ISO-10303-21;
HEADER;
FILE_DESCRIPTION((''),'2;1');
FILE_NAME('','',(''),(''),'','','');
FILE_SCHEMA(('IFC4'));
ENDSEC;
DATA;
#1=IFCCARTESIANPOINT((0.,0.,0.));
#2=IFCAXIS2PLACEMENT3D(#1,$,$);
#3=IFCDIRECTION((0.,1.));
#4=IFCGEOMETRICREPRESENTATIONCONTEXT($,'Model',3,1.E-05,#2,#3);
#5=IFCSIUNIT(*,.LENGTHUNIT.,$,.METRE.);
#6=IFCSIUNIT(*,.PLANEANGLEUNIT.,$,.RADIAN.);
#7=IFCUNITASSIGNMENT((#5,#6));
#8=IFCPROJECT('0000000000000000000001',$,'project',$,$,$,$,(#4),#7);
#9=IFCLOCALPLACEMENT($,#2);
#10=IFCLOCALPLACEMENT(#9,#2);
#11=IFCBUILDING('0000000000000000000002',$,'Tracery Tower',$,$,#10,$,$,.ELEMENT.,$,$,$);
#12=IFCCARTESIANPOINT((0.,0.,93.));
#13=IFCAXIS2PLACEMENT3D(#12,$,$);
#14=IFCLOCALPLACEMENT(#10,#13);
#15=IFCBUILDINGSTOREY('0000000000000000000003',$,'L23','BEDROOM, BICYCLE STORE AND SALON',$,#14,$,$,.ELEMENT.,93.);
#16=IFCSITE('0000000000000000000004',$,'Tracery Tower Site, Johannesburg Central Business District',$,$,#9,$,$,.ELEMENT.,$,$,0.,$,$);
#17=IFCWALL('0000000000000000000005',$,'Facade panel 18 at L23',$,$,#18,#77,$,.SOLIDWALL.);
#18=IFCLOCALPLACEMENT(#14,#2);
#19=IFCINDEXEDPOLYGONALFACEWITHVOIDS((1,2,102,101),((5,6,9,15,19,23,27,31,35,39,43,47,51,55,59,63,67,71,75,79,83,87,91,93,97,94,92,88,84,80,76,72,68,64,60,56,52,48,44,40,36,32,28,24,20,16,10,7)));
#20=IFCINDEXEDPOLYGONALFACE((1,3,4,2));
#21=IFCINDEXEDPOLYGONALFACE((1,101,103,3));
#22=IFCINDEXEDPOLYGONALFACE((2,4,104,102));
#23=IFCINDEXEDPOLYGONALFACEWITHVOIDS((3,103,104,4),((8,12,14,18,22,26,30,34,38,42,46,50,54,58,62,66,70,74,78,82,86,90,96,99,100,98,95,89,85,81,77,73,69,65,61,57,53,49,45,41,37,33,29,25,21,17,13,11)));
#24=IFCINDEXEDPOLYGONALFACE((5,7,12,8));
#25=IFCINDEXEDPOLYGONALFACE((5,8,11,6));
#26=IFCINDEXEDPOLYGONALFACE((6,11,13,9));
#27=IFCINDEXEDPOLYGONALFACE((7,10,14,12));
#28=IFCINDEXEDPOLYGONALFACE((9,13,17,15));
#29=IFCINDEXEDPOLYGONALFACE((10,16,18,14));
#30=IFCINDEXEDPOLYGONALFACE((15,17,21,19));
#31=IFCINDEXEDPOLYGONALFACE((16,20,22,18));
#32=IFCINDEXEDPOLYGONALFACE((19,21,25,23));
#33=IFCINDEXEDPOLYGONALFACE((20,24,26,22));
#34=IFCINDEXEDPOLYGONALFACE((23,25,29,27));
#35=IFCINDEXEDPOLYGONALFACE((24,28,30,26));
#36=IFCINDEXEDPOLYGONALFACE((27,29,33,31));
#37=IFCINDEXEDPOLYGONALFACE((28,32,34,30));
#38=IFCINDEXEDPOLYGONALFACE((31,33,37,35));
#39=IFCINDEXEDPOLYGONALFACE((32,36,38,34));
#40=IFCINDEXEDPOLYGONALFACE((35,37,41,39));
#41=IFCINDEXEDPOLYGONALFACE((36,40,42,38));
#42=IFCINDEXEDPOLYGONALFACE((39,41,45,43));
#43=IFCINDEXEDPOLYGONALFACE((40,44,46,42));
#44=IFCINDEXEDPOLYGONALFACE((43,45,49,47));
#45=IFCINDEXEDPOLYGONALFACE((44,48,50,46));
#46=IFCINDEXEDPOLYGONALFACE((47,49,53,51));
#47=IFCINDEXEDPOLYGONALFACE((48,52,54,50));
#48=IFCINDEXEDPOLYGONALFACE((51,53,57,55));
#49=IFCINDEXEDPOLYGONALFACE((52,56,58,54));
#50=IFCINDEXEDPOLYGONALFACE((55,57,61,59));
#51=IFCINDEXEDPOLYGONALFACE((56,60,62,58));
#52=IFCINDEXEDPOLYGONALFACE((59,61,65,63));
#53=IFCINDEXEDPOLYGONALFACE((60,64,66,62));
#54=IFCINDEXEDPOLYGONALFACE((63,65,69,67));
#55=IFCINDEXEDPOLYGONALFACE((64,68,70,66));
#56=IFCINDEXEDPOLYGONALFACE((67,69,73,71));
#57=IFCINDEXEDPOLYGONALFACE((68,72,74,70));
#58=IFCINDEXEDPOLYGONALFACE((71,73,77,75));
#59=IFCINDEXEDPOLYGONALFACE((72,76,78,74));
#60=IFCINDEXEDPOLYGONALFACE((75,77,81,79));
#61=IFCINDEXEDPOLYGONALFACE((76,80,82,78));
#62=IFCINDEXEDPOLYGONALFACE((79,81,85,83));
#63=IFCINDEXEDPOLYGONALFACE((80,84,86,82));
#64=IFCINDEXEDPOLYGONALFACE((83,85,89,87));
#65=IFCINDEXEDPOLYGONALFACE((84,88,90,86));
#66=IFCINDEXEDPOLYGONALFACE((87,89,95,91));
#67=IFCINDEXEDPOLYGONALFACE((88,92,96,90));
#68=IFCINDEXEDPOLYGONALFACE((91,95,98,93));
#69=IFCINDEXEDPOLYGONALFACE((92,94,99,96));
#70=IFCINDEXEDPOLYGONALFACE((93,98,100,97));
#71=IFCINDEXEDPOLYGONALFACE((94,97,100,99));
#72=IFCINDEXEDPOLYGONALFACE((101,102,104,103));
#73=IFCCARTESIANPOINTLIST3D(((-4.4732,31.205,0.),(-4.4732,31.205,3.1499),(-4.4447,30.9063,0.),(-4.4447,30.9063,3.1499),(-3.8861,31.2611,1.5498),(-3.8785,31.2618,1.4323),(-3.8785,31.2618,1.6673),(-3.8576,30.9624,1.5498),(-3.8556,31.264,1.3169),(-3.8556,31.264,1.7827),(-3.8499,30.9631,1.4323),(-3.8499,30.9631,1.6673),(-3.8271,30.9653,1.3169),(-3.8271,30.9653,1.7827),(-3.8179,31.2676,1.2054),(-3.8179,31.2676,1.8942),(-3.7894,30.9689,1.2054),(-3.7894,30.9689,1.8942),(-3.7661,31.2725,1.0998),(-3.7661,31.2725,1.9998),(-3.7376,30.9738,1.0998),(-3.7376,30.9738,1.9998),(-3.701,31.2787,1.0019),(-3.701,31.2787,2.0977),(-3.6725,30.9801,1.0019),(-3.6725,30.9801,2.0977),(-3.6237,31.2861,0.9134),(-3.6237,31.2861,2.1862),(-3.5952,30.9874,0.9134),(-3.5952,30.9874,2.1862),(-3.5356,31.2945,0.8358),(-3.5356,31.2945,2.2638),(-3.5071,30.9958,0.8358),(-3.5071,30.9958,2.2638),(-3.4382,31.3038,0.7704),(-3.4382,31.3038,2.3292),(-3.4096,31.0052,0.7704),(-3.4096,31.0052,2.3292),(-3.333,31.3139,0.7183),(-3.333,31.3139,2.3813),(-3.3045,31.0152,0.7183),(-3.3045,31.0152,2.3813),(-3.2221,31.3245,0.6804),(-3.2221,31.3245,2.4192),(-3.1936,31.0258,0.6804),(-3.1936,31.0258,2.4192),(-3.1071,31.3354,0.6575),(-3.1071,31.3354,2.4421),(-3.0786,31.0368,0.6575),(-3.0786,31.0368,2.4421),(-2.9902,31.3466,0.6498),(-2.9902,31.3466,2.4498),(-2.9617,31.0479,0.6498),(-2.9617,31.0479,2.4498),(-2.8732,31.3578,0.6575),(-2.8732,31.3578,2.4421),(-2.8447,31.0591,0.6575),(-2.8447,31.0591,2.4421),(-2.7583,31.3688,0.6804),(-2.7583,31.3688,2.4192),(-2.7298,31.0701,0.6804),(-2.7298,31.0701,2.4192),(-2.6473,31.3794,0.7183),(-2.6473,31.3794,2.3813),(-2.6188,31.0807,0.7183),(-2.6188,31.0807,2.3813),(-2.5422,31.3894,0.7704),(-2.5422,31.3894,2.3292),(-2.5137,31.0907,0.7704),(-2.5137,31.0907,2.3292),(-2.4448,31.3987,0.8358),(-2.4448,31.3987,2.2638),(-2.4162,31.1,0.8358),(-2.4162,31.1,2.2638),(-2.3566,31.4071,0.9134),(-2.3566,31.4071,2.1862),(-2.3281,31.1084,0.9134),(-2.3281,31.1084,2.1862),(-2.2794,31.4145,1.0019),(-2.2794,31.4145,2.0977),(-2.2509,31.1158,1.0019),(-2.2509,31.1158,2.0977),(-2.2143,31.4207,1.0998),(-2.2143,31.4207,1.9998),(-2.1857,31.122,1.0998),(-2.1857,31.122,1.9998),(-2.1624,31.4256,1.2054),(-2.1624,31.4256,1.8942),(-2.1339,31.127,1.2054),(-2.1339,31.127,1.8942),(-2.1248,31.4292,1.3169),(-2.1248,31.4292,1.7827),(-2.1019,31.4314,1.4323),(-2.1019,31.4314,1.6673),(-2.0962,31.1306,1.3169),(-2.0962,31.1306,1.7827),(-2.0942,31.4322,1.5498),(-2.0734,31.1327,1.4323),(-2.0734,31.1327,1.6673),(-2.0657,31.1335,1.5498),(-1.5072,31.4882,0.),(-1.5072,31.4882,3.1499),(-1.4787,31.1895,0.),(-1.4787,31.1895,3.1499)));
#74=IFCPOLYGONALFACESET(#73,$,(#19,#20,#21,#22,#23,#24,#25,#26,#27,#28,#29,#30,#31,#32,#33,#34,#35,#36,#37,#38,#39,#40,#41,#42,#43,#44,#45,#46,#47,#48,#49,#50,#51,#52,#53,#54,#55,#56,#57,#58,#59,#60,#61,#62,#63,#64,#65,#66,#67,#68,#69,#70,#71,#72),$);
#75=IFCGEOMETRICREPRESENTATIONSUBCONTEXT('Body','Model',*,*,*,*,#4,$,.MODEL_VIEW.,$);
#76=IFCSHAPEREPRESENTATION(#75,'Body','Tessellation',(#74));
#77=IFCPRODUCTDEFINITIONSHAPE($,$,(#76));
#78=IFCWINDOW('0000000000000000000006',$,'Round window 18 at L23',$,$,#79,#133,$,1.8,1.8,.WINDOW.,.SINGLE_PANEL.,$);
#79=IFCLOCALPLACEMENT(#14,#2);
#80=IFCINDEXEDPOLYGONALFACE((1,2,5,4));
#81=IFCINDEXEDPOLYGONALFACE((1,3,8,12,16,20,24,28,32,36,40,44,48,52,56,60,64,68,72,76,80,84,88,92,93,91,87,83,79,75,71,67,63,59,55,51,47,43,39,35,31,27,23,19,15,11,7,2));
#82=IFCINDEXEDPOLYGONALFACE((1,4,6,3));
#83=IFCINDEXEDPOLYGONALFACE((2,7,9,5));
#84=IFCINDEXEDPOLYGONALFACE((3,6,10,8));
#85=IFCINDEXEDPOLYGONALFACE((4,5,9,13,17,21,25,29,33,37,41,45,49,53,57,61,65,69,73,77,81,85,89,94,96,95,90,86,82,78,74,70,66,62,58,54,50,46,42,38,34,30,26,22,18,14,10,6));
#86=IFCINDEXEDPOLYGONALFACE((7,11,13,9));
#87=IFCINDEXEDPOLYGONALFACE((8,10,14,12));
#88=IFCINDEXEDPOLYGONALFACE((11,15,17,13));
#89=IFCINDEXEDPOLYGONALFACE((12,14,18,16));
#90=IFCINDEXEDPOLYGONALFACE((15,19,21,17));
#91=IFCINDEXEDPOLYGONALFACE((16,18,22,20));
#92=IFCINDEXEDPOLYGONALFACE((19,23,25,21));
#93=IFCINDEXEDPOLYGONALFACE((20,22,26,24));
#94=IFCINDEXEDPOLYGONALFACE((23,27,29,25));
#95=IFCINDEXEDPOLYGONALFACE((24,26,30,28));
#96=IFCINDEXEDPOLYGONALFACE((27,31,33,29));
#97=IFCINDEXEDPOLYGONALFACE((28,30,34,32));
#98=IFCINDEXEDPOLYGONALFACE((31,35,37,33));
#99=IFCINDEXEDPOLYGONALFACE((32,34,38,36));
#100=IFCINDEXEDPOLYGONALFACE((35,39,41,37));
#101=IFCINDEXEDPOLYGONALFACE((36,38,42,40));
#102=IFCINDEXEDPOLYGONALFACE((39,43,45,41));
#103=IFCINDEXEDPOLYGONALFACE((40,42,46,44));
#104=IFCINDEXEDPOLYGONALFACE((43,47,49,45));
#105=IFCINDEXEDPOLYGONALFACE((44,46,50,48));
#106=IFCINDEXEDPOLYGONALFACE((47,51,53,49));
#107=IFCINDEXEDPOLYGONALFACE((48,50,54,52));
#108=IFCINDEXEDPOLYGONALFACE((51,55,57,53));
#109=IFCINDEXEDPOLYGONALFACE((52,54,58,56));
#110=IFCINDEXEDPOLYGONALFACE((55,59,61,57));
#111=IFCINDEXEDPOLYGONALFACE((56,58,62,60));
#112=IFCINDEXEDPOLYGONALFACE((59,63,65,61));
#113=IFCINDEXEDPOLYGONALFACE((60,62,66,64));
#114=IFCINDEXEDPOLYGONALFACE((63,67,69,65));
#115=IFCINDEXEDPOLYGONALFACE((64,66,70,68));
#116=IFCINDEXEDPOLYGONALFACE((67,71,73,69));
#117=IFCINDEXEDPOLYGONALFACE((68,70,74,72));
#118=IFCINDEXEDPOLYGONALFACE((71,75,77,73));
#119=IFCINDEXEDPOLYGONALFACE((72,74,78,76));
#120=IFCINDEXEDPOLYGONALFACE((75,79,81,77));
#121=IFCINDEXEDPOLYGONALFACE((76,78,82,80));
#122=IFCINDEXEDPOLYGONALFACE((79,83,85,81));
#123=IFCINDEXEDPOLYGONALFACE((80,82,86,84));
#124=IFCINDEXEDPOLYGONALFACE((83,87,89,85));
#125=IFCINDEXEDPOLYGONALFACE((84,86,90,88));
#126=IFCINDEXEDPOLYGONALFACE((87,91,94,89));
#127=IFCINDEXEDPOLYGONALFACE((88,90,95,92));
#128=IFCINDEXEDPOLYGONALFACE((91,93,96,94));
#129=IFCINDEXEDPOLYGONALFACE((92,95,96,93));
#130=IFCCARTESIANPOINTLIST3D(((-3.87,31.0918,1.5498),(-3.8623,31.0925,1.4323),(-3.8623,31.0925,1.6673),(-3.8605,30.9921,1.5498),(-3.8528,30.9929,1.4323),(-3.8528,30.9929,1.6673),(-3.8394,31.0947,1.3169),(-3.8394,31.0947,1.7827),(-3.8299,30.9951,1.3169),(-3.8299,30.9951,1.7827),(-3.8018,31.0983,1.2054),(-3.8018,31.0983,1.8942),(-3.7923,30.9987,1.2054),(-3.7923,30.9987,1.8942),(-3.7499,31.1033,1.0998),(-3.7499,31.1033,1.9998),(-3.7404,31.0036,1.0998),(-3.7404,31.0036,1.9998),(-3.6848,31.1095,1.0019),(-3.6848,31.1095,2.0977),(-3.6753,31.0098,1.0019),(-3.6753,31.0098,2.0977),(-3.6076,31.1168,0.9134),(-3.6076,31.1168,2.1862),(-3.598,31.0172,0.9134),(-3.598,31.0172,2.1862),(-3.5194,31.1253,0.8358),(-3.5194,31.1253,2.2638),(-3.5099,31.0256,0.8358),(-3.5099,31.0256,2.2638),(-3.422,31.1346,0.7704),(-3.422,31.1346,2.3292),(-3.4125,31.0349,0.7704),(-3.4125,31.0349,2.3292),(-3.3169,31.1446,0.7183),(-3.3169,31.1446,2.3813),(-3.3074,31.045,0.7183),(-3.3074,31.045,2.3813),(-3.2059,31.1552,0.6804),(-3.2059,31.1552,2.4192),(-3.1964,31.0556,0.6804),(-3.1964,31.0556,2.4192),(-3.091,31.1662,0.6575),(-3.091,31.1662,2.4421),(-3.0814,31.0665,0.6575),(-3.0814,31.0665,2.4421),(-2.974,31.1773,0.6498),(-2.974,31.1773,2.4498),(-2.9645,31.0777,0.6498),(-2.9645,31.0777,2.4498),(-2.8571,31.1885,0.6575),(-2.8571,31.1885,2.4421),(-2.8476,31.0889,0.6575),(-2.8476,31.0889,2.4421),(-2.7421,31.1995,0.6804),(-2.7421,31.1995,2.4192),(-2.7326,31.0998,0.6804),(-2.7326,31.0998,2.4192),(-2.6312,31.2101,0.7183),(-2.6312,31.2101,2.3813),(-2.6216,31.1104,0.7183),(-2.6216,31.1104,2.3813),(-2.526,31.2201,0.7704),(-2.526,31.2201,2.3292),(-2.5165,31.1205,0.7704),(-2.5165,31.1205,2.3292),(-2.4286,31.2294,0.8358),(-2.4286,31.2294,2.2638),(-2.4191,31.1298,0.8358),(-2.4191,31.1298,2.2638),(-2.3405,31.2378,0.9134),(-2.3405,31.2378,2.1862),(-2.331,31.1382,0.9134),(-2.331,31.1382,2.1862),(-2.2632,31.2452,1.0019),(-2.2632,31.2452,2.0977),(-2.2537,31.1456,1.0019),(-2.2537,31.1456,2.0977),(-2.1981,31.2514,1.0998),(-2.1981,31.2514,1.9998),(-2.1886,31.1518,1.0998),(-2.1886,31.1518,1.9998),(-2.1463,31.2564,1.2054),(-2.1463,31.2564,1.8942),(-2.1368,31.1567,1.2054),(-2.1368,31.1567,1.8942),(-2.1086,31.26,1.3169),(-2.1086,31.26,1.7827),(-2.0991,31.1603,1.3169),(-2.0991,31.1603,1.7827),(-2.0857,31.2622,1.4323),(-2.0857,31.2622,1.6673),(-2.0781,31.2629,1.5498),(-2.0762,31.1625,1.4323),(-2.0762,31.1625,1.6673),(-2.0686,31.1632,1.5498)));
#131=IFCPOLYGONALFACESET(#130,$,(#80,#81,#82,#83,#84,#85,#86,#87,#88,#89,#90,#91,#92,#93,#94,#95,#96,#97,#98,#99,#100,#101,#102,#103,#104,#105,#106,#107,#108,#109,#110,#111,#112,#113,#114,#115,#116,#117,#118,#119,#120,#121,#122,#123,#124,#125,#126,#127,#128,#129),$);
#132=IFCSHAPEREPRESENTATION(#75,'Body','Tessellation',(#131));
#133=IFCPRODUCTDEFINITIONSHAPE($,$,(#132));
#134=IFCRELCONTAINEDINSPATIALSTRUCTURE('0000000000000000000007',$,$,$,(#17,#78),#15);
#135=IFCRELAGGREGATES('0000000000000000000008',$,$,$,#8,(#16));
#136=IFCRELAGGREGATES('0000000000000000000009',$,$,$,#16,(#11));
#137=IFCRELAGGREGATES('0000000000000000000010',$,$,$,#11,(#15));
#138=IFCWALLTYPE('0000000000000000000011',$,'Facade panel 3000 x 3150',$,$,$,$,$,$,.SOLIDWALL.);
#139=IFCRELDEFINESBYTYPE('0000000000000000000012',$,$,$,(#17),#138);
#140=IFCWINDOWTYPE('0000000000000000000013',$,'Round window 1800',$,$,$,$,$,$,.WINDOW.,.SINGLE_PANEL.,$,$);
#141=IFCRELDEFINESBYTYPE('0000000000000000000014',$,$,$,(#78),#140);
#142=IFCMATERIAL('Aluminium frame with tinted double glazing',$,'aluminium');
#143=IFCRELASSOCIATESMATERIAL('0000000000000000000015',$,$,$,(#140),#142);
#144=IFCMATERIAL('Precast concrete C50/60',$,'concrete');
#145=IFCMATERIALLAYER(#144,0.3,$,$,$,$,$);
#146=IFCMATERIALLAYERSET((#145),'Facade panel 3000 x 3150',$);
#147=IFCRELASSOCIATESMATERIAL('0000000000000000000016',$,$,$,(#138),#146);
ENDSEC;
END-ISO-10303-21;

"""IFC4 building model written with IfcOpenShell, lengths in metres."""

from ifc_helpers import new_model, si_unit, direction, frame, frame_2d, origin, origin_2d, place, context, subcontext, project, spatial, rectangle, circle, extrude, material, layer, layer_set, type_object, element, fill, save


model = new_model("IFC4")

# Units and contexts
model_context = context("Model", 3, precision=1e-05, world=origin(), true_north=direction((0.0, 1.0)))
body_context = subcontext(model_context, "Body", "Model", "MODEL_VIEW")
ifc_project = project(units=[si_unit("LENGTHUNIT", "METRE"), si_unit("PLANEANGLEUNIT", "RADIAN")], contexts=[model_context])

# Site, building, storey
site_placement = place(None, origin())
site = spatial("IfcSite", under=ifc_project, at=site_placement, Name="Tracery Tower Site, Johannesburg Central Business District", CompositionType="ELEMENT", RefElevation=0.0)
building_placement = place(site_placement, origin())
building = spatial("IfcBuilding", under=site, at=building_placement, Name="Tracery Tower", CompositionType="ELEMENT")
storey_placement = place(building_placement, frame((0.0, 0.0, 93.0)))
storey = spatial("IfcBuildingStorey", under=building, at=storey_placement, Name="L23", Description="BEDROOM, BICYCLE STORE AND SALON", CompositionType="ELEMENT", Elevation=93.0)

# Wall, opening, window
ifc_material_1 = material(Name="Aluminium frame with tinted double glazing", Category="aluminium")
window_type = type_object("IfcWindowType", Name="Round window 1800", PartitioningType="SINGLE_PANEL", PredefinedType="WINDOW", material=ifc_material_1)
ifc_material_2 = material(Name="Precast concrete C50/60", Category="concrete")
ifc_layer_1 = layer(ifc_material_2, 0.3)
ifc_layer_set_1 = layer_set([ifc_layer_1], Name="Facade panel 3000 x 3150")
wall_type_1 = type_object("IfcWallType", Name="Facade panel 3000 x 3150", PredefinedType="SOLIDWALL", material=ifc_layer_set_1)
wall_1_placement = place(storey_placement, frame((-1.4929, 31.3389, 0.0), z_axis=(0.0, 0.0, 1.0), x_axis=(-0.995473, -0.095049, 0.0)))
wall_1 = element("IfcWall", 1, at=wall_1_placement, inside=storey, type_object=wall_type_1, Name="Facade panel 18 at L23", PredefinedType="SOLIDWALL", context=body_context, shape_type="SweptSolid", body=[
    extrude(rectangle(XDim=2.9795, YDim=0.3, at=frame_2d((1.4897, 0.0))), origin(), (0.0, 0.0, 1.0), 3.1499),
])
opening_1_placement = place(wall_1_placement, frame((1.4897, 0.0, 1.5498)))
opening_1 = element("IfcOpeningElement", 2, at=opening_1_placement, cuts=wall_1, PredefinedType="OPENING", context=body_context, shape_type="SweptSolid", body=[
    extrude(circle(Radius=0.9, at=origin_2d()), frame((0.0, 0.1599, 0.0), z_axis=(0.0, -1.0, 0.0), x_axis=(1.0, 0.0, 0.0)), (0.0, 0.0, 1.0), 0.3201),
])
window_1_placement = place(opening_1_placement, origin())
window_1 = element("IfcWindow", 3, at=window_1_placement, inside=storey, type_object=window_type, Name="Round window 18 at L23", OverallHeight=1.8, OverallWidth=1.8, PartitioningType="SINGLE_PANEL", PredefinedType="WINDOW", context=body_context, shape_type="SweptSolid", body=[
    extrude(circle(Radius=0.9, at=origin_2d()), frame((0.0, 0.1201, 0.0), z_axis=(0.0, -1.0, 0.0), x_axis=(1.0, 0.0, 0.0)), (0.0, 0.0, 1.0), 0.1001),
])
fill(opening_1, window_1)

save(model, "model.ifc")
